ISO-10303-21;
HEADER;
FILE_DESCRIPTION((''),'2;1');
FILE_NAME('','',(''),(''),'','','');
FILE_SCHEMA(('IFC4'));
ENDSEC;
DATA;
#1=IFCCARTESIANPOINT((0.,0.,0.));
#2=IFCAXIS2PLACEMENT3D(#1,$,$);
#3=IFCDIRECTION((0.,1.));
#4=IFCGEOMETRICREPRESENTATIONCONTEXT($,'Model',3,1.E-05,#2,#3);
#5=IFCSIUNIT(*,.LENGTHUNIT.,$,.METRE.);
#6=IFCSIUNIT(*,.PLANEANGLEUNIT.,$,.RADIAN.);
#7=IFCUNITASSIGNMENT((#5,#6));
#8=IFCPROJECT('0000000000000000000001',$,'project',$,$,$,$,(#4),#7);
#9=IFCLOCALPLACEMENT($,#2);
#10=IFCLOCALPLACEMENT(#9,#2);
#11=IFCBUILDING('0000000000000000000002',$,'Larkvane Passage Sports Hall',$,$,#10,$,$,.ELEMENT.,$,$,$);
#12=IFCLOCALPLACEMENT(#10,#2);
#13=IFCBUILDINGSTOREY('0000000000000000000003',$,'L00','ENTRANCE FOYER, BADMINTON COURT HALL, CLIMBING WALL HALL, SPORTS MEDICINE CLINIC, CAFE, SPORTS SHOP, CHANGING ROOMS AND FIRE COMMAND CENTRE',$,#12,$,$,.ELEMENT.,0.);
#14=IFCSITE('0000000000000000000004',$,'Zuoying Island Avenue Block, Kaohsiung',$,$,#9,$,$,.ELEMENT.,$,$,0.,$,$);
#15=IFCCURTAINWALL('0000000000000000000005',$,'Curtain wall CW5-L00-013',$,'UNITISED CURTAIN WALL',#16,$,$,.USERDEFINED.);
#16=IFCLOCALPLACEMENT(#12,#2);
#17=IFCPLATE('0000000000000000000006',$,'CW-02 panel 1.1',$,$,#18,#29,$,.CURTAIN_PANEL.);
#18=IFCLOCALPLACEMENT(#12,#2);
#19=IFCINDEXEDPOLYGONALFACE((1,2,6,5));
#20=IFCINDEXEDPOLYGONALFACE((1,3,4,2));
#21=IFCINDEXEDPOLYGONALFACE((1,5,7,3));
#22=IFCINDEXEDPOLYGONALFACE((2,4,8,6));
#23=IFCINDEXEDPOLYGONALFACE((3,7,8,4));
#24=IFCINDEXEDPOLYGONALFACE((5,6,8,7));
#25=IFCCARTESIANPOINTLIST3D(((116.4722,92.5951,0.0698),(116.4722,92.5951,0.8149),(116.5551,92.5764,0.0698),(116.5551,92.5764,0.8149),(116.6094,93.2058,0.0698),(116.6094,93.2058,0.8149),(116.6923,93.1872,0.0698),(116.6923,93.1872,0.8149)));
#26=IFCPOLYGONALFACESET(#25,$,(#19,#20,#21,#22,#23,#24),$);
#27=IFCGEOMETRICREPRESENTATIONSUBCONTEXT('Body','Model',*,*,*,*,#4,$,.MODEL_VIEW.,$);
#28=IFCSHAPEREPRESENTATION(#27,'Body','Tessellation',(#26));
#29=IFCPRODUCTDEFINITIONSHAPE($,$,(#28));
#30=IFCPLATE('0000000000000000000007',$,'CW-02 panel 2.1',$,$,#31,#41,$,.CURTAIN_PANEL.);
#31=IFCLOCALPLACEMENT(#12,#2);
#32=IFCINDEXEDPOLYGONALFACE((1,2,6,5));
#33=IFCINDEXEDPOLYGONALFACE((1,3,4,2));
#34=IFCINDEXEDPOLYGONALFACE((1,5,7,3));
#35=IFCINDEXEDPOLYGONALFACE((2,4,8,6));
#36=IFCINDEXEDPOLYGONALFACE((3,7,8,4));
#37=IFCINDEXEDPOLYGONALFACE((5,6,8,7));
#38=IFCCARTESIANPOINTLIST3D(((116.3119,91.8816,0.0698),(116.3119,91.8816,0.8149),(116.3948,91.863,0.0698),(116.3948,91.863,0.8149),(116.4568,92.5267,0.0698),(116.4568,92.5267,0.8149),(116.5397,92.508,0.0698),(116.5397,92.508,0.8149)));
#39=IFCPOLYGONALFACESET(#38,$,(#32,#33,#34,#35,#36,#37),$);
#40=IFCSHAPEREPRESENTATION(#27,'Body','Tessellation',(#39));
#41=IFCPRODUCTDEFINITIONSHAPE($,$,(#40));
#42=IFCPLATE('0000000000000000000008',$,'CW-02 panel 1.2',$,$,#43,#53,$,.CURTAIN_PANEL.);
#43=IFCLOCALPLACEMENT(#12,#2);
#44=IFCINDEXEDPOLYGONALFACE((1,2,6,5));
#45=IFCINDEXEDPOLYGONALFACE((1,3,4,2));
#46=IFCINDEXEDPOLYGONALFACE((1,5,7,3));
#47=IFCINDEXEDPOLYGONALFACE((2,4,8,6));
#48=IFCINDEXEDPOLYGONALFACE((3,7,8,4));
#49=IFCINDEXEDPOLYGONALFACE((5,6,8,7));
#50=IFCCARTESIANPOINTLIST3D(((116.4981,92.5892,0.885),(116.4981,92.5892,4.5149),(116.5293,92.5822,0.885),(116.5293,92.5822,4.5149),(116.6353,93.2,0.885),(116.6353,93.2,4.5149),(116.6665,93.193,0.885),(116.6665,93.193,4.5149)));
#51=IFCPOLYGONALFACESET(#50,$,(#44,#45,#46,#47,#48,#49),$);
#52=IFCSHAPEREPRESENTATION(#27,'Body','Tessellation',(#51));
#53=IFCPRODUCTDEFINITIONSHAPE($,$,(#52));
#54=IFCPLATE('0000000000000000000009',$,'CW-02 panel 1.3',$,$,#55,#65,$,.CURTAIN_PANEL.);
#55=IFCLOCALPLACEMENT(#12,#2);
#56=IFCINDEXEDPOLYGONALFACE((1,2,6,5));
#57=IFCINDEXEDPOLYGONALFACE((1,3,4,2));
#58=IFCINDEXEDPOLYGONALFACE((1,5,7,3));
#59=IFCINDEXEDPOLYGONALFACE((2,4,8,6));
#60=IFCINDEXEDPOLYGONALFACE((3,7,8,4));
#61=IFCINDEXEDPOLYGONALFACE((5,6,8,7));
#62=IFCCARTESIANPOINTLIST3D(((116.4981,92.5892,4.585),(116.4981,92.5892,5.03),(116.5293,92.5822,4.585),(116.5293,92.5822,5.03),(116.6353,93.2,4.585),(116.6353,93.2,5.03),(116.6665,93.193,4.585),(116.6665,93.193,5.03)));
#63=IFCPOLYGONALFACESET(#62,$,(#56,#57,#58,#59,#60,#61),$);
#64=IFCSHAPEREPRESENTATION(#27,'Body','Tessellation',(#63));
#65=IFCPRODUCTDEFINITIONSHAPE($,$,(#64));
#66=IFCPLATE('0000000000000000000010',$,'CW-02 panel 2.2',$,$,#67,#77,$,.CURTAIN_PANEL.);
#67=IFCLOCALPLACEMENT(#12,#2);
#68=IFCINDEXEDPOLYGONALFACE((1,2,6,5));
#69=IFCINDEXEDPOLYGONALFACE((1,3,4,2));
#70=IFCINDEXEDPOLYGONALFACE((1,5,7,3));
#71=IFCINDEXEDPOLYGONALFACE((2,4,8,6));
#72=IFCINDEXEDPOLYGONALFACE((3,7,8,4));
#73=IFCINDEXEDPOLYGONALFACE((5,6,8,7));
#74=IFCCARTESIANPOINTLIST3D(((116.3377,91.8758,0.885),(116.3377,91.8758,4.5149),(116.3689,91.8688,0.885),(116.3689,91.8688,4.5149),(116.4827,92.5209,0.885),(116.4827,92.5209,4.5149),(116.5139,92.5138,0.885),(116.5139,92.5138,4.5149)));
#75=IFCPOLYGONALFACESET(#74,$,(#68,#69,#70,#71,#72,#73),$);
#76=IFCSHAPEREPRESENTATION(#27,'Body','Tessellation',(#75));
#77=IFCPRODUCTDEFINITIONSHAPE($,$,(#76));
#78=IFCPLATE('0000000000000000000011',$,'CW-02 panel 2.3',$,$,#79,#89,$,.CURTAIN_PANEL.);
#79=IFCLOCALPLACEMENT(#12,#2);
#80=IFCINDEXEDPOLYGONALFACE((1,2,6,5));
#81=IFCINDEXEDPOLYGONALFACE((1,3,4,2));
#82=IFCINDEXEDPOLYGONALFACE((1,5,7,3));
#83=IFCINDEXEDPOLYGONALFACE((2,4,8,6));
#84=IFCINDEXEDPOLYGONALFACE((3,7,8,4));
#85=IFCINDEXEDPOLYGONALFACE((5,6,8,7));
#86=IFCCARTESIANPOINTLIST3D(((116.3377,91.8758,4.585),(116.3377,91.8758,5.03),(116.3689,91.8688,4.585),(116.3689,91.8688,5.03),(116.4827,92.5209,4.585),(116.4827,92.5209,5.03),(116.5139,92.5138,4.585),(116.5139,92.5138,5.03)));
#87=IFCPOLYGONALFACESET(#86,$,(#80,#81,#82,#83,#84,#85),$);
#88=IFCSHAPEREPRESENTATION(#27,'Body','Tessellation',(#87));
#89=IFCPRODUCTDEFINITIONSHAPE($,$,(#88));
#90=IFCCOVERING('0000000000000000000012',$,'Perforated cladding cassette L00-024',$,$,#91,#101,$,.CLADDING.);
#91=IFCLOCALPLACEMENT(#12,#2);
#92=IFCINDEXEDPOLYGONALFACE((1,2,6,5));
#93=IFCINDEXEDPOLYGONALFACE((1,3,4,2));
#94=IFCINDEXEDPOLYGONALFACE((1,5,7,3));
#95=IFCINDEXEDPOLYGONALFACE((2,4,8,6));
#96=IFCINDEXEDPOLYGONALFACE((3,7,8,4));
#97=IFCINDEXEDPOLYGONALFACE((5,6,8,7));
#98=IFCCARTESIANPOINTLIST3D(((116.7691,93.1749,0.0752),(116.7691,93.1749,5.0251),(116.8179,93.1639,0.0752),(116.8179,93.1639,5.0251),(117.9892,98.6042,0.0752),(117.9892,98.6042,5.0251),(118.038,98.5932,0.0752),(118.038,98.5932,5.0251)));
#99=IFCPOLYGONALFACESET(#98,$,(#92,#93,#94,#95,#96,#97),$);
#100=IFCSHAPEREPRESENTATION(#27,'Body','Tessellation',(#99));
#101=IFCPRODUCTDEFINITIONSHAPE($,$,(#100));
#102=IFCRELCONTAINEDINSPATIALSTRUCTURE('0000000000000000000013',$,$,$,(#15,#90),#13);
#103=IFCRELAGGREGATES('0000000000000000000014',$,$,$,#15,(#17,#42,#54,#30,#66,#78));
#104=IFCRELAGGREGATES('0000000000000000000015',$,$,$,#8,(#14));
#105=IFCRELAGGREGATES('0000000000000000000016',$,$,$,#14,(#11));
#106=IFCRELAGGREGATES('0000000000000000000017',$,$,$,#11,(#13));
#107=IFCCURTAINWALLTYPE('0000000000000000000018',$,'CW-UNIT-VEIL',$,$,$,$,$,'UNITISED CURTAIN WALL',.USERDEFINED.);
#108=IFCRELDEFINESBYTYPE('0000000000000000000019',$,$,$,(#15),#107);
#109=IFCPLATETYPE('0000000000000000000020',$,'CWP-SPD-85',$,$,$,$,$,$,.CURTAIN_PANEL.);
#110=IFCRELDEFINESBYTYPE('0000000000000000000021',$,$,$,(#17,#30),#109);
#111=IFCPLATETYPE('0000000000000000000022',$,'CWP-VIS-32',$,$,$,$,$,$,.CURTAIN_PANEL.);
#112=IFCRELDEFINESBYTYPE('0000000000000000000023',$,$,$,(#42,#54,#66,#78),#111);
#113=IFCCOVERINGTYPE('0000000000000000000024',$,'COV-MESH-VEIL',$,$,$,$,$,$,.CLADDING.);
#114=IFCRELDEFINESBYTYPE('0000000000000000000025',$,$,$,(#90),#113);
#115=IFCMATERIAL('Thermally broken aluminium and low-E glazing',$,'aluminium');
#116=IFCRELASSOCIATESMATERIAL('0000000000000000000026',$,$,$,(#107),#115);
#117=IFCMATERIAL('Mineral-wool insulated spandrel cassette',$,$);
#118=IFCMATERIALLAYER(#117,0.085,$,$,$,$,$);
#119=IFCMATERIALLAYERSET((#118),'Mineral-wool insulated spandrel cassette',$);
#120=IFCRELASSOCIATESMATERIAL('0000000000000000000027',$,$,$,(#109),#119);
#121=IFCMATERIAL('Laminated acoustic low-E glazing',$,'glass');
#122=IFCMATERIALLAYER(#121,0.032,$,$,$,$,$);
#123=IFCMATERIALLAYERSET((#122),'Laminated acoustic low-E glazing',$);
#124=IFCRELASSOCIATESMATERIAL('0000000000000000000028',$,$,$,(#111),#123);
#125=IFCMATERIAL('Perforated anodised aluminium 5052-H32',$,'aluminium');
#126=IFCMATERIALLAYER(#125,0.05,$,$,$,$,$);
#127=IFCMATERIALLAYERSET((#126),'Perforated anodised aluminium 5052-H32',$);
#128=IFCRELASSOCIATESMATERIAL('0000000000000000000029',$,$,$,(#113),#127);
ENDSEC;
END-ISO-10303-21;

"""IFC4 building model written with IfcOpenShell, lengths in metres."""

from ifc_helpers import new_model, si_unit, direction, frame, origin, origin_2d, place, context, subcontext, project, spatial, rectangle, extrude, material, layer, layer_set, type_object, element, aggregate, save


model = new_model("IFC4")

# Units and contexts
model_context = context("Model", 3, precision=1e-05, world=origin(), true_north=direction((0.0, 1.0)))
body_context = subcontext(model_context, "Body", "Model", "MODEL_VIEW")
ifc_project = project(units=[si_unit("LENGTHUNIT", "METRE"), si_unit("PLANEANGLEUNIT", "RADIAN")], contexts=[model_context])

# Site, building, storey
site_placement = place(None, origin())
site = spatial("IfcSite", under=ifc_project, at=site_placement, Name="Zuoying Island Avenue Block, Kaohsiung", CompositionType="ELEMENT", RefElevation=0.0)
building_placement = place(site_placement, origin())
building = spatial("IfcBuilding", under=site, at=building_placement, Name="Larkvane Passage Sports Hall", CompositionType="ELEMENT")
storey_placement = place(building_placement, origin())
storey = spatial("IfcBuildingStorey", under=building, at=storey_placement, Name="L00", Description="ENTRANCE FOYER, BADMINTON COURT HALL, CLIMBING WALL HALL, SPORTS MEDICINE CLINIC, CAFE, SPORTS SHOP, CHANGING ROOMS AND FIRE COMMAND CENTRE", CompositionType="ELEMENT", Elevation=0.0)

# Curtain wall
ifc_material_1 = material(Name="Thermally broken aluminium and low-E glazing", Category="aluminium")
curtain_wall_type_1 = type_object("IfcCurtainWallType", Name="CW-UNIT-VEIL", ElementType="UNITISED CURTAIN WALL", PredefinedType="USERDEFINED", material=ifc_material_1)
curtain_wall_1_placement = place(storey_placement, origin())
curtain_wall_1 = element("IfcCurtainWall", 1, at=curtain_wall_1_placement, inside=storey, type_object=curtain_wall_type_1, Name="Curtain wall CW5-L00-013", ObjectType="UNITISED CURTAIN WALL", PredefinedType="USERDEFINED")

# Plates
ifc_material_2 = material(Name="Mineral-wool insulated spandrel cassette")
ifc_layer_1 = layer(ifc_material_2, 0.085)
ifc_layer_set_1 = layer_set([ifc_layer_1], Name="Mineral-wool insulated spandrel cassette")
plate_type_1 = type_object("IfcPlateType", Name="CWP-SPD-85", PredefinedType="CURTAIN_PANEL", material=ifc_layer_set_1)
plate_1_placement = place(storey_placement, frame((116.5823, 92.8911, 0.0698), z_axis=(0.0, 0.0, 1.0), x_axis=(-0.219244, -0.97567, 0.0)))
plate_1 = element("IfcPlate", 2, at=plate_1_placement, type_object=plate_type_1, Name="CW-02 panel 1.1", PredefinedType="CURTAIN_PANEL", context=body_context, shape_type="SweptSolid", body=[
    extrude(rectangle(XDim=0.626, YDim=0.085, at=origin_2d()), origin(), (0.0, 0.0, 1.0), 0.7451),
])
plate_2_placement = place(storey_placement, frame((116.4258, 92.1948, 0.0698), z_axis=(0.0, 0.0, 1.0), x_axis=(-0.219244, -0.97567, 0.0)))
plate_2 = element("IfcPlate", 3, at=plate_2_placement, type_object=plate_type_1, Name="CW-02 panel 2.1", PredefinedType="CURTAIN_PANEL", context=body_context, shape_type="SweptSolid", body=[
    extrude(rectangle(XDim=0.6611, YDim=0.085, at=origin_2d()), origin(), (0.0, 0.0, 1.0), 0.7451),
])
ifc_material_3 = material(Name="Laminated acoustic low-E glazing", Category="glass")
ifc_layer_2 = layer(ifc_material_3, 0.032)
ifc_layer_set_2 = layer_set([ifc_layer_2], Name="Laminated acoustic low-E glazing")
plate_type_2 = type_object("IfcPlateType", Name="CWP-VIS-32", PredefinedType="CURTAIN_PANEL", material=ifc_layer_set_2)
plate_3_placement = place(storey_placement, frame((116.5823, 92.8911, 0.885), z_axis=(0.0, 0.0, 1.0), x_axis=(-0.219244, -0.97567, 0.0)))
plate_3 = element("IfcPlate", 4, at=plate_3_placement, type_object=plate_type_2, Name="CW-02 panel 1.2", PredefinedType="CURTAIN_PANEL", context=body_context, shape_type="SweptSolid", body=[
    extrude(rectangle(XDim=0.626, YDim=0.032, at=origin_2d()), origin(), (0.0, 0.0, 1.0), 3.6299),
])
plate_4_placement = place(storey_placement, frame((116.5823, 92.8911, 4.585), z_axis=(0.0, 0.0, 1.0), x_axis=(-0.219244, -0.97567, 0.0)))
plate_4 = element("IfcPlate", 5, at=plate_4_placement, type_object=plate_type_2, Name="CW-02 panel 1.3", PredefinedType="CURTAIN_PANEL", context=body_context, shape_type="SweptSolid", body=[
    extrude(rectangle(XDim=0.626, YDim=0.032, at=origin_2d()), origin(), (0.0, 0.0, 1.0), 0.4451),
])
plate_5_placement = place(storey_placement, frame((116.4258, 92.1948, 0.885), z_axis=(0.0, 0.0, 1.0), x_axis=(-0.219244, -0.97567, 0.0)))
plate_5 = element("IfcPlate", 6, at=plate_5_placement, type_object=plate_type_2, Name="CW-02 panel 2.2", PredefinedType="CURTAIN_PANEL", context=body_context, shape_type="SweptSolid", body=[
    extrude(rectangle(XDim=0.6611, YDim=0.032, at=origin_2d()), origin(), (0.0, 0.0, 1.0), 3.6299),
])
plate_6_placement = place(storey_placement, frame((116.4258, 92.1948, 4.585), z_axis=(0.0, 0.0, 1.0), x_axis=(-0.219244, -0.97567, 0.0)))
plate_6 = element("IfcPlate", 7, at=plate_6_placement, type_object=plate_type_2, Name="CW-02 panel 2.3", PredefinedType="CURTAIN_PANEL", context=body_context, shape_type="SweptSolid", body=[
    extrude(rectangle(XDim=0.6611, YDim=0.032, at=origin_2d()), origin(), (0.0, 0.0, 1.0), 0.4451),
])
aggregate(curtain_wall_1, [plate_1, plate_3, plate_4, plate_2, plate_5, plate_6])

# Covering
ifc_material_4 = material(Name="Perforated anodised aluminium 5052-H32", Category="aluminium")
ifc_layer_3 = layer(ifc_material_4, 0.05)
ifc_layer_set_3 = layer_set([ifc_layer_3], Name="Perforated anodised aluminium 5052-H32")
covering_type = type_object("IfcCoveringType", Name="COV-MESH-VEIL", PredefinedType="CLADDING", material=ifc_layer_set_3)
covering_placement = place(storey_placement, frame((117.4036, 95.884, 0.0752), z_axis=(0.0, 0.0, 1.0), x_axis=(-0.219251, -0.975668, 0.0)))
element("IfcCovering", 8, at=covering_placement, inside=storey, type_object=covering_type, Name="Perforated cladding cassette L00-024", PredefinedType="CLADDING", context=body_context, shape_type="SweptSolid", body=[
    extrude(rectangle(XDim=5.5647, YDim=0.05, at=origin_2d()), origin(), (0.0, 0.0, 1.0), 4.95),
])

save(model, "model.ifc")
